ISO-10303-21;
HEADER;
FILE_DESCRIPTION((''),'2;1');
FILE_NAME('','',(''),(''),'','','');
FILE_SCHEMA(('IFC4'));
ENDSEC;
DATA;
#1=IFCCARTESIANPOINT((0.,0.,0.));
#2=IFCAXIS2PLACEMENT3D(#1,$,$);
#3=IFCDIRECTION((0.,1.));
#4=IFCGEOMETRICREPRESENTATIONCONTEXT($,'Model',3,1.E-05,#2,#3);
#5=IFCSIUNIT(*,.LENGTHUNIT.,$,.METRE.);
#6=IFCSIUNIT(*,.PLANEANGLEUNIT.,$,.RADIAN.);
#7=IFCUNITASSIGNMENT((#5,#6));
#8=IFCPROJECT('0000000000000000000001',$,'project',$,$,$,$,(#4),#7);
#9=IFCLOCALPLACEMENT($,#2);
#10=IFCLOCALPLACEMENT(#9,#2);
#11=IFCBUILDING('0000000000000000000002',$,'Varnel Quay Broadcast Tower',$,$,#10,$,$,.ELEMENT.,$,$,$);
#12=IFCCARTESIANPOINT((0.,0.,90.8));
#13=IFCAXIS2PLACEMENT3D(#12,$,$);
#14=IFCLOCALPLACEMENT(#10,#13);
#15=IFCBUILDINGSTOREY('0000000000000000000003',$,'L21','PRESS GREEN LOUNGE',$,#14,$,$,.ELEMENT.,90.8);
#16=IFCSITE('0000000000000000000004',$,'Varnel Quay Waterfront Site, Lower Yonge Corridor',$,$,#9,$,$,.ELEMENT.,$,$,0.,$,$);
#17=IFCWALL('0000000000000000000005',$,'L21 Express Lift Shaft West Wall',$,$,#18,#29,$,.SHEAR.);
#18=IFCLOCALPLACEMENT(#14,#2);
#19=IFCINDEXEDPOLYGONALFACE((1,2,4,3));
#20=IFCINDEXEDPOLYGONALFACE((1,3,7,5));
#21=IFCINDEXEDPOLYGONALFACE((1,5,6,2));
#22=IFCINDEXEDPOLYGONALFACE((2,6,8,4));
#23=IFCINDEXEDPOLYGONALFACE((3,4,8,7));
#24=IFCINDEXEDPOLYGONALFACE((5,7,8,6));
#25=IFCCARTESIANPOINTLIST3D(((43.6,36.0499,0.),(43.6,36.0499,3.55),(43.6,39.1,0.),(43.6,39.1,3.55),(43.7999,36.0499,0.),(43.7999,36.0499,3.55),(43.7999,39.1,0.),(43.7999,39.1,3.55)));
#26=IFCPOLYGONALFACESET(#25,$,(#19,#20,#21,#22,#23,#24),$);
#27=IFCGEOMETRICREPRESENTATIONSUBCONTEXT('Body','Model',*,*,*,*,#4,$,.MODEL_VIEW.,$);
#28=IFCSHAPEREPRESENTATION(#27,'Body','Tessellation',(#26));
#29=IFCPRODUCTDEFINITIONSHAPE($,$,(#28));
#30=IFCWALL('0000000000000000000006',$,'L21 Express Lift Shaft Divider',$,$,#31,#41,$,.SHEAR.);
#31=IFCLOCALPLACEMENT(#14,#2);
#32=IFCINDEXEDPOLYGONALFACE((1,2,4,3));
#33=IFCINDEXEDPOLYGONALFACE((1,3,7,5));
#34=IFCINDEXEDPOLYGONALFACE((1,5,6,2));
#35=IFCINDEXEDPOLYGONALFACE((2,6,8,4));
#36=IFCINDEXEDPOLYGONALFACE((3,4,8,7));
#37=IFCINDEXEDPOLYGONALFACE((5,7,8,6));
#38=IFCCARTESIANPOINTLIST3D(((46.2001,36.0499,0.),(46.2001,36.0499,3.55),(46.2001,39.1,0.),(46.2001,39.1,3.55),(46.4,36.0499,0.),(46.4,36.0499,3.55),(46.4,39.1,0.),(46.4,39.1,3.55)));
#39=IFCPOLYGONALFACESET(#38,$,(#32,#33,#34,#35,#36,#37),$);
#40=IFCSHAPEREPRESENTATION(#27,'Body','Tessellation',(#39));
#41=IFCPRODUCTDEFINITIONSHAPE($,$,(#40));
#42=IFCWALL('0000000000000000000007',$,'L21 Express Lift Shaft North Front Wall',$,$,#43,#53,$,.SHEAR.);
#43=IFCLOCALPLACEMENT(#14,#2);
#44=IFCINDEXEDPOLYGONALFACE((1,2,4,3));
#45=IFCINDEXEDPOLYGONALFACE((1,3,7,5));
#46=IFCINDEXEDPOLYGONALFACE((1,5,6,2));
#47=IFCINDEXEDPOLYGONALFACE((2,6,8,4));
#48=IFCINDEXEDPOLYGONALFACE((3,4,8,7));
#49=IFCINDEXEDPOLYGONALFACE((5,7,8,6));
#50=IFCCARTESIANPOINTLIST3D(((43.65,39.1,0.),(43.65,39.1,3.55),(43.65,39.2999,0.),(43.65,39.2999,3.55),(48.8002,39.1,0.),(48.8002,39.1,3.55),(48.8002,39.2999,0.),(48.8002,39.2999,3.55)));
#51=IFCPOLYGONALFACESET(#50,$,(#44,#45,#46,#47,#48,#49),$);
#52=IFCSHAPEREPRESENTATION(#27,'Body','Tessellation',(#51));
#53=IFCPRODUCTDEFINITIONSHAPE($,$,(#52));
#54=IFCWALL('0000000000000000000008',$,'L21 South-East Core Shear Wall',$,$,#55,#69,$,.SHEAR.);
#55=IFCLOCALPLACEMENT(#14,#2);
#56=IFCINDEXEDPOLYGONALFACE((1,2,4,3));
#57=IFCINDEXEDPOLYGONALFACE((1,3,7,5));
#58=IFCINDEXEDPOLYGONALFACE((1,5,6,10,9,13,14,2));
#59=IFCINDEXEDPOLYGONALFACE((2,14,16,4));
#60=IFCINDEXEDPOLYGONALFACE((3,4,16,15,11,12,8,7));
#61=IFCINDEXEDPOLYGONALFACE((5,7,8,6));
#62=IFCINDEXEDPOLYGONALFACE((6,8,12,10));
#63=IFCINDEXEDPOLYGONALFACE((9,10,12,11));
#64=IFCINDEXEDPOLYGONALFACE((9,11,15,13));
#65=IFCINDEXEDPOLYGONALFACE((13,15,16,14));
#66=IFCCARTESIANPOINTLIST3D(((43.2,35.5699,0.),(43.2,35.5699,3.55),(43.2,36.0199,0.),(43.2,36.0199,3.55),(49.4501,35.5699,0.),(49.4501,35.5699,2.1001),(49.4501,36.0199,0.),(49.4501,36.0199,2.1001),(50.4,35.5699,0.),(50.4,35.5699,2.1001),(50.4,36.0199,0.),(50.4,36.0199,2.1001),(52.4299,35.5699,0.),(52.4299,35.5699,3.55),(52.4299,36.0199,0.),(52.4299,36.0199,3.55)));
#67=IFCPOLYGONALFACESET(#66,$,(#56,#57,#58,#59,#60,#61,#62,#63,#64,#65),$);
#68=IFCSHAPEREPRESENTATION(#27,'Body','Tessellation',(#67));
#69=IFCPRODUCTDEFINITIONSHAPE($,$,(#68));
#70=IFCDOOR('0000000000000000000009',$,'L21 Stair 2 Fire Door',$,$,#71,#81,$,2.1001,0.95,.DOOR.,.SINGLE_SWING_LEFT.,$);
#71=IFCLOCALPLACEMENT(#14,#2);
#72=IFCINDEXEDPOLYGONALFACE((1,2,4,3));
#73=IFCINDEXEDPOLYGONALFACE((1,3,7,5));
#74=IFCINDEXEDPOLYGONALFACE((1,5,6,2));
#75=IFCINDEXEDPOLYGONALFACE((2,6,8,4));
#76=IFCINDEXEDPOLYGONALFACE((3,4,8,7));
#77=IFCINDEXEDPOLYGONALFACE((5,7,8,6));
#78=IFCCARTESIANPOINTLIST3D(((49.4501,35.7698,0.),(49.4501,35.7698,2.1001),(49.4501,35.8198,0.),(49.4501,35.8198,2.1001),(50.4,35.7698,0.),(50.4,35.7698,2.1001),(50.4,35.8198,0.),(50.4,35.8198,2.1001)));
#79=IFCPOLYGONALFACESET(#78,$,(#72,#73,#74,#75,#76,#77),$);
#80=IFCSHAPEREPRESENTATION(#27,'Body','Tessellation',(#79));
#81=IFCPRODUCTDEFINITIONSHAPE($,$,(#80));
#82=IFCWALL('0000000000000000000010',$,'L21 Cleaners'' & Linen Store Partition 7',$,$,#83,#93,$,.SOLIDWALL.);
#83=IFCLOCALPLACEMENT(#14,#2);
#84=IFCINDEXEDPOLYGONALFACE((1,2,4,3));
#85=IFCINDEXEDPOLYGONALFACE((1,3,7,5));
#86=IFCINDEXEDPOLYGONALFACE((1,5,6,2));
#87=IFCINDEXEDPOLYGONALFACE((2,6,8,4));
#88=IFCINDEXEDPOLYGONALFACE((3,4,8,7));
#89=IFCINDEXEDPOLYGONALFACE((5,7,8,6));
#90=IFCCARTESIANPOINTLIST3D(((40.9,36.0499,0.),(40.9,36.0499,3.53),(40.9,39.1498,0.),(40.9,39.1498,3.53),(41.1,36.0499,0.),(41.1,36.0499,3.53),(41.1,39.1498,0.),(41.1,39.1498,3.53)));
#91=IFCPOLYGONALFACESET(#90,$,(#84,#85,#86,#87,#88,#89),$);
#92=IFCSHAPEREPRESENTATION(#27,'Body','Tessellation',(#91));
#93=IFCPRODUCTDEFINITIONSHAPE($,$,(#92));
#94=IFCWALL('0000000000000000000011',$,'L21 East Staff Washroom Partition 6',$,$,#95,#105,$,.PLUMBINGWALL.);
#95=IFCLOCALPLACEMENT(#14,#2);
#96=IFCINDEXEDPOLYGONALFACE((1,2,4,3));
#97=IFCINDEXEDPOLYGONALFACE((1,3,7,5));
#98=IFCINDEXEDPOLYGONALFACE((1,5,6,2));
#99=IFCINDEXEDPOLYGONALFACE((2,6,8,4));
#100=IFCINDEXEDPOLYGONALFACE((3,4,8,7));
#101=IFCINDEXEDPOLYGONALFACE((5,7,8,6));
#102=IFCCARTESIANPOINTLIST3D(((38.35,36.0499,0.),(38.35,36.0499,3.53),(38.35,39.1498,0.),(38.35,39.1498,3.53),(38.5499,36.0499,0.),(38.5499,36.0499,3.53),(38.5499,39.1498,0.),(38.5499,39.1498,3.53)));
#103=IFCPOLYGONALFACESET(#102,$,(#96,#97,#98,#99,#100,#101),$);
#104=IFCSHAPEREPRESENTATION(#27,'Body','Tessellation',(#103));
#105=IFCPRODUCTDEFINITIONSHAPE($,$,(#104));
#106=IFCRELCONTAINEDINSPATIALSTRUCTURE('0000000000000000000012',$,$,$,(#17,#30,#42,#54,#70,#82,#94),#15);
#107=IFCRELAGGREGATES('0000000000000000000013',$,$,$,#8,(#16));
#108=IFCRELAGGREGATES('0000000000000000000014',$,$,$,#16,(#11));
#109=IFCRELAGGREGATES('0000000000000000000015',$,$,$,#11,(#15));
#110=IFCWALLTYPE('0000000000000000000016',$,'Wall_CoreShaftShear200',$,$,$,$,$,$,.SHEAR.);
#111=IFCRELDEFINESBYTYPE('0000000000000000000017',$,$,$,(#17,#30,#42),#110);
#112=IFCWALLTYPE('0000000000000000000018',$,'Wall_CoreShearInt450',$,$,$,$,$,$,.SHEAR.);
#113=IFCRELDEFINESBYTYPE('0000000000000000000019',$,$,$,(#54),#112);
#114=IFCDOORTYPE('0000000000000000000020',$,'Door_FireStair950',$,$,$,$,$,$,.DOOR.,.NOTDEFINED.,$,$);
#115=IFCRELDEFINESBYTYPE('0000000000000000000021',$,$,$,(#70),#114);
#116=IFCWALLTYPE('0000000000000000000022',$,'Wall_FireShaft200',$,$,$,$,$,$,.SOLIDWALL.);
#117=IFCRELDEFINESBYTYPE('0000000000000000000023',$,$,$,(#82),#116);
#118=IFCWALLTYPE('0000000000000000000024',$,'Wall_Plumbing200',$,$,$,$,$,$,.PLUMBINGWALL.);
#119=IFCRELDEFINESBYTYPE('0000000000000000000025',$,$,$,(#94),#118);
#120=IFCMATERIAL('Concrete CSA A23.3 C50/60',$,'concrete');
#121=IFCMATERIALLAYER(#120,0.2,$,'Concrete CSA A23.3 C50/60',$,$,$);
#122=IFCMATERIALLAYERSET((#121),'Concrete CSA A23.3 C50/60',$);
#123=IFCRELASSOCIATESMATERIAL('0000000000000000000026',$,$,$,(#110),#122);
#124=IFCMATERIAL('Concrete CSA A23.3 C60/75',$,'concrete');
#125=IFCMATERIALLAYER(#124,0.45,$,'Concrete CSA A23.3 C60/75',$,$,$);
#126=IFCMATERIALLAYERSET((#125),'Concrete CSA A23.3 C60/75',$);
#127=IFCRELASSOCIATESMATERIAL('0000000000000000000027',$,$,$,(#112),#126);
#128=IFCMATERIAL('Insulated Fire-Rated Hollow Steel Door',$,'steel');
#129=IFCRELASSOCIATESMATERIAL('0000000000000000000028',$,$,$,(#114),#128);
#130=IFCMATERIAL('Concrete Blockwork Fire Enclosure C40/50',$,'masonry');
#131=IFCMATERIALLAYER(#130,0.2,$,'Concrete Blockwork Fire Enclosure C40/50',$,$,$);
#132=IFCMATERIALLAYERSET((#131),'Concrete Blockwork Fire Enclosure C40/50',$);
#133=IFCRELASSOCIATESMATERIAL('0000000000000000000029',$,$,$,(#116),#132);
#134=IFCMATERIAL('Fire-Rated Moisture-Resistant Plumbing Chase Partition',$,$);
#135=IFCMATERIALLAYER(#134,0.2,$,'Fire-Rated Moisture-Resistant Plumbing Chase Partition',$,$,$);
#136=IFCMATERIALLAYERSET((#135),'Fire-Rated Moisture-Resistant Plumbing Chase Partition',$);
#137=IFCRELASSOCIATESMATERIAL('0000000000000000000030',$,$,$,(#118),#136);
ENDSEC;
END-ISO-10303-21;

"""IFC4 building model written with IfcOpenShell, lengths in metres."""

from ifc_helpers import new_model, si_unit, direction, frame, frame_2d, origin, place, context, subcontext, project, spatial, rectangle, extrude, source, transform, mapped, material, layer, layer_set, type_object, type_shapes, element, fill, save


model = new_model("IFC4")

# Units and contexts
model_context = context("Model", 3, precision=1e-05, world=origin(), true_north=direction((0.0, 1.0)))
body_context = subcontext(model_context, "Body", "Model", "MODEL_VIEW")
ifc_project = project(units=[si_unit("LENGTHUNIT", "METRE"), si_unit("PLANEANGLEUNIT", "RADIAN")], contexts=[model_context])

# Site, building, storey
site_placement = place(None, origin())
site = spatial("IfcSite", under=ifc_project, at=site_placement, Name="Varnel Quay Waterfront Site, Lower Yonge Corridor", CompositionType="ELEMENT", RefElevation=0.0)
building_placement = place(site_placement, origin())
building = spatial("IfcBuilding", under=site, at=building_placement, Name="Varnel Quay Broadcast Tower", CompositionType="ELEMENT")
storey_placement = place(building_placement, frame((0.0, 0.0, 90.8)))
storey = spatial("IfcBuildingStorey", under=building, at=storey_placement, Name="L21", Description="PRESS GREEN LOUNGE", CompositionType="ELEMENT", Elevation=90.8)

# Walls
ifc_material_1 = material(Name="Concrete CSA A23.3 C50/60", Category="concrete")
ifc_layer_1 = layer(ifc_material_1, 0.2, Name="Concrete CSA A23.3 C50/60")
ifc_layer_set_1 = layer_set([ifc_layer_1], Name="Concrete CSA A23.3 C50/60")
wall_type_1 = type_object("IfcWallType", Name="Wall_CoreShaftShear200", PredefinedType="SHEAR", material=ifc_layer_set_1)
for number, where, z_axis, x_axis, name in (
    (1, (43.7, 36.05, 0.0), (0.0, 0.0, 1.0), (0.0, 1.0, 0.0), "L21 Express Lift Shaft West Wall"),
    (2, (46.3, 36.05, 0.0), (0.0, 0.0, 1.0), (0.0, 1.0, 0.0), "L21 Express Lift Shaft Divider"),
):
    element("IfcWall", number, at=place(storey_placement, frame(where, z_axis=z_axis, x_axis=x_axis)), inside=storey, type_object=wall_type_1, Name=name, PredefinedType="SHEAR", context=body_context, shape_type="SweptSolid", body=[
        extrude(rectangle(XDim=3.05, YDim=0.2, at=frame_2d((1.5249, 0.0))), origin(), (0.0, 0.0, 1.0), 3.55),
    ])
wall_1_placement = place(storey_placement, frame((43.6499, 39.2, 0.0), z_axis=(0.0, 0.0, 1.0), x_axis=(1.0, 0.0, 0.0)))
element("IfcWall", 3, at=wall_1_placement, inside=storey, type_object=wall_type_1, Name="L21 Express Lift Shaft North Front Wall", PredefinedType="SHEAR", context=body_context, shape_type="SweptSolid", body=[
    extrude(rectangle(XDim=5.1501, YDim=0.2, at=frame_2d((2.5752, 0.0))), origin(), (0.0, 0.0, 1.0), 3.55),
])

# Wall, opening, door
ifc_material_2 = material(Name="Concrete CSA A23.3 C60/75", Category="concrete")
ifc_layer_2 = layer(ifc_material_2, 0.45, Name="Concrete CSA A23.3 C60/75")
ifc_layer_set_2 = layer_set([ifc_layer_2], Name="Concrete CSA A23.3 C60/75")
wall_type_2 = type_object("IfcWallType", Name="Wall_CoreShearInt450", PredefinedType="SHEAR", material=ifc_layer_set_2)
wall_2_placement = place(storey_placement, frame((43.2, 35.7949, 0.0), z_axis=(0.0, 0.0, 1.0), x_axis=(1.0, 0.0, 0.0)))
wall_2 = element("IfcWall", 4, at=wall_2_placement, inside=storey, type_object=wall_type_2, Name="L21 South-East Core Shear Wall", PredefinedType="SHEAR", context=body_context, shape_type="SweptSolid", body=[
    extrude(rectangle(XDim=9.23, YDim=0.45, at=frame_2d((4.615, 0.0))), origin(), (0.0, 0.0, 1.0), 3.55),
])
opening_placement = place(wall_2_placement, frame((6.25, 0.0, 0.0)))
opening = element("IfcOpeningElement", 5, at=opening_placement, cuts=wall_2, PredefinedType="OPENING", context=body_context, shape_type="SweptSolid", body=[
    extrude(rectangle(XDim=0.95, YDim=2.1001, at=frame_2d((0.4751, 1.05))), frame((0.0, 0.2349, 0.0), z_axis=(0.0, -1.0, 0.0), x_axis=(1.0, 0.0, 0.0)), (0.0, 0.0, 1.0), 0.47),
])
ifc_material_3 = material(Name="Insulated Fire-Rated Hollow Steel Door", Category="steel")
door_type = type_object("IfcDoorType", Name="Door_FireStair950", OperationType="NOTDEFINED", PredefinedType="DOOR", material=ifc_material_3)
shared_shape_1 = source(origin(), body_context, "Body", "SweptSolid", [
    extrude(rectangle(XDim=0.95, YDim=2.1001, at=frame_2d((0.4751, 1.05))), frame((0.0, 0.0249, 0.0), z_axis=(0.0, -1.0, 0.0), x_axis=(1.0, 0.0, 0.0)), (0.0, 0.0, 1.0), 0.05),
])
type_shapes(door_type, [shared_shape_1])
door_placement = place(opening_placement, origin())
door = element("IfcDoor", 6, at=door_placement, inside=storey, type_object=door_type, Name="L21 Stair 2 Fire Door", OperationType="SINGLE_SWING_LEFT", OverallHeight=2.1001, OverallWidth=0.95, PredefinedType="DOOR", context=body_context, shape_type="MappedRepresentation", body=[
    mapped(shared_shape_1, transform((0.0, 0.0, 0.0), x_axis=(1.0, 0.0, 0.0), y_axis=(0.0, 1.0, 0.0), z_axis=(0.0, 0.0, 1.0), scale=1.0)),
])
fill(opening, door)

# Walls
ifc_material_4 = material(Name="Concrete Blockwork Fire Enclosure C40/50", Category="masonry")
ifc_layer_3 = layer(ifc_material_4, 0.2, Name="Concrete Blockwork Fire Enclosure C40/50")
ifc_layer_set_3 = layer_set([ifc_layer_3], Name="Concrete Blockwork Fire Enclosure C40/50")
wall_type_3 = type_object("IfcWallType", Name="Wall_FireShaft200", PredefinedType="SOLIDWALL", material=ifc_layer_set_3)
wall_3_placement = place(storey_placement, frame((41.0, 36.05, 0.0), z_axis=(0.0, 0.0, 1.0), x_axis=(0.0, 1.0, 0.0)))
element("IfcWall", 7, at=wall_3_placement, inside=storey, type_object=wall_type_3, Name="L21 Cleaners' & Linen Store Partition 7", PredefinedType="SOLIDWALL", context=body_context, shape_type="SweptSolid", body=[
    extrude(rectangle(XDim=3.0999, YDim=0.2, at=frame_2d((1.5498, 0.0))), origin(), (0.0, 0.0, 1.0), 3.53),
])
ifc_material_5 = material(Name="Fire-Rated Moisture-Resistant Plumbing Chase Partition")
ifc_layer_4 = layer(ifc_material_5, 0.2, Name="Fire-Rated Moisture-Resistant Plumbing Chase Partition")
ifc_layer_set_4 = layer_set([ifc_layer_4], Name="Fire-Rated Moisture-Resistant Plumbing Chase Partition")
wall_type_4 = type_object("IfcWallType", Name="Wall_Plumbing200", PredefinedType="PLUMBINGWALL", material=ifc_layer_set_4)
wall_4_placement = place(storey_placement, frame((38.45, 36.05, 0.0), z_axis=(0.0, 0.0, 1.0), x_axis=(0.0, 1.0, 0.0)))
element("IfcWall", 8, at=wall_4_placement, inside=storey, type_object=wall_type_4, Name="L21 East Staff Washroom Partition 6", PredefinedType="PLUMBINGWALL", context=body_context, shape_type="SweptSolid", body=[
    extrude(rectangle(XDim=3.0999, YDim=0.2, at=frame_2d((1.5498, 0.0))), origin(), (0.0, 0.0, 1.0), 3.53),
])

save(model, "model.ifc")
